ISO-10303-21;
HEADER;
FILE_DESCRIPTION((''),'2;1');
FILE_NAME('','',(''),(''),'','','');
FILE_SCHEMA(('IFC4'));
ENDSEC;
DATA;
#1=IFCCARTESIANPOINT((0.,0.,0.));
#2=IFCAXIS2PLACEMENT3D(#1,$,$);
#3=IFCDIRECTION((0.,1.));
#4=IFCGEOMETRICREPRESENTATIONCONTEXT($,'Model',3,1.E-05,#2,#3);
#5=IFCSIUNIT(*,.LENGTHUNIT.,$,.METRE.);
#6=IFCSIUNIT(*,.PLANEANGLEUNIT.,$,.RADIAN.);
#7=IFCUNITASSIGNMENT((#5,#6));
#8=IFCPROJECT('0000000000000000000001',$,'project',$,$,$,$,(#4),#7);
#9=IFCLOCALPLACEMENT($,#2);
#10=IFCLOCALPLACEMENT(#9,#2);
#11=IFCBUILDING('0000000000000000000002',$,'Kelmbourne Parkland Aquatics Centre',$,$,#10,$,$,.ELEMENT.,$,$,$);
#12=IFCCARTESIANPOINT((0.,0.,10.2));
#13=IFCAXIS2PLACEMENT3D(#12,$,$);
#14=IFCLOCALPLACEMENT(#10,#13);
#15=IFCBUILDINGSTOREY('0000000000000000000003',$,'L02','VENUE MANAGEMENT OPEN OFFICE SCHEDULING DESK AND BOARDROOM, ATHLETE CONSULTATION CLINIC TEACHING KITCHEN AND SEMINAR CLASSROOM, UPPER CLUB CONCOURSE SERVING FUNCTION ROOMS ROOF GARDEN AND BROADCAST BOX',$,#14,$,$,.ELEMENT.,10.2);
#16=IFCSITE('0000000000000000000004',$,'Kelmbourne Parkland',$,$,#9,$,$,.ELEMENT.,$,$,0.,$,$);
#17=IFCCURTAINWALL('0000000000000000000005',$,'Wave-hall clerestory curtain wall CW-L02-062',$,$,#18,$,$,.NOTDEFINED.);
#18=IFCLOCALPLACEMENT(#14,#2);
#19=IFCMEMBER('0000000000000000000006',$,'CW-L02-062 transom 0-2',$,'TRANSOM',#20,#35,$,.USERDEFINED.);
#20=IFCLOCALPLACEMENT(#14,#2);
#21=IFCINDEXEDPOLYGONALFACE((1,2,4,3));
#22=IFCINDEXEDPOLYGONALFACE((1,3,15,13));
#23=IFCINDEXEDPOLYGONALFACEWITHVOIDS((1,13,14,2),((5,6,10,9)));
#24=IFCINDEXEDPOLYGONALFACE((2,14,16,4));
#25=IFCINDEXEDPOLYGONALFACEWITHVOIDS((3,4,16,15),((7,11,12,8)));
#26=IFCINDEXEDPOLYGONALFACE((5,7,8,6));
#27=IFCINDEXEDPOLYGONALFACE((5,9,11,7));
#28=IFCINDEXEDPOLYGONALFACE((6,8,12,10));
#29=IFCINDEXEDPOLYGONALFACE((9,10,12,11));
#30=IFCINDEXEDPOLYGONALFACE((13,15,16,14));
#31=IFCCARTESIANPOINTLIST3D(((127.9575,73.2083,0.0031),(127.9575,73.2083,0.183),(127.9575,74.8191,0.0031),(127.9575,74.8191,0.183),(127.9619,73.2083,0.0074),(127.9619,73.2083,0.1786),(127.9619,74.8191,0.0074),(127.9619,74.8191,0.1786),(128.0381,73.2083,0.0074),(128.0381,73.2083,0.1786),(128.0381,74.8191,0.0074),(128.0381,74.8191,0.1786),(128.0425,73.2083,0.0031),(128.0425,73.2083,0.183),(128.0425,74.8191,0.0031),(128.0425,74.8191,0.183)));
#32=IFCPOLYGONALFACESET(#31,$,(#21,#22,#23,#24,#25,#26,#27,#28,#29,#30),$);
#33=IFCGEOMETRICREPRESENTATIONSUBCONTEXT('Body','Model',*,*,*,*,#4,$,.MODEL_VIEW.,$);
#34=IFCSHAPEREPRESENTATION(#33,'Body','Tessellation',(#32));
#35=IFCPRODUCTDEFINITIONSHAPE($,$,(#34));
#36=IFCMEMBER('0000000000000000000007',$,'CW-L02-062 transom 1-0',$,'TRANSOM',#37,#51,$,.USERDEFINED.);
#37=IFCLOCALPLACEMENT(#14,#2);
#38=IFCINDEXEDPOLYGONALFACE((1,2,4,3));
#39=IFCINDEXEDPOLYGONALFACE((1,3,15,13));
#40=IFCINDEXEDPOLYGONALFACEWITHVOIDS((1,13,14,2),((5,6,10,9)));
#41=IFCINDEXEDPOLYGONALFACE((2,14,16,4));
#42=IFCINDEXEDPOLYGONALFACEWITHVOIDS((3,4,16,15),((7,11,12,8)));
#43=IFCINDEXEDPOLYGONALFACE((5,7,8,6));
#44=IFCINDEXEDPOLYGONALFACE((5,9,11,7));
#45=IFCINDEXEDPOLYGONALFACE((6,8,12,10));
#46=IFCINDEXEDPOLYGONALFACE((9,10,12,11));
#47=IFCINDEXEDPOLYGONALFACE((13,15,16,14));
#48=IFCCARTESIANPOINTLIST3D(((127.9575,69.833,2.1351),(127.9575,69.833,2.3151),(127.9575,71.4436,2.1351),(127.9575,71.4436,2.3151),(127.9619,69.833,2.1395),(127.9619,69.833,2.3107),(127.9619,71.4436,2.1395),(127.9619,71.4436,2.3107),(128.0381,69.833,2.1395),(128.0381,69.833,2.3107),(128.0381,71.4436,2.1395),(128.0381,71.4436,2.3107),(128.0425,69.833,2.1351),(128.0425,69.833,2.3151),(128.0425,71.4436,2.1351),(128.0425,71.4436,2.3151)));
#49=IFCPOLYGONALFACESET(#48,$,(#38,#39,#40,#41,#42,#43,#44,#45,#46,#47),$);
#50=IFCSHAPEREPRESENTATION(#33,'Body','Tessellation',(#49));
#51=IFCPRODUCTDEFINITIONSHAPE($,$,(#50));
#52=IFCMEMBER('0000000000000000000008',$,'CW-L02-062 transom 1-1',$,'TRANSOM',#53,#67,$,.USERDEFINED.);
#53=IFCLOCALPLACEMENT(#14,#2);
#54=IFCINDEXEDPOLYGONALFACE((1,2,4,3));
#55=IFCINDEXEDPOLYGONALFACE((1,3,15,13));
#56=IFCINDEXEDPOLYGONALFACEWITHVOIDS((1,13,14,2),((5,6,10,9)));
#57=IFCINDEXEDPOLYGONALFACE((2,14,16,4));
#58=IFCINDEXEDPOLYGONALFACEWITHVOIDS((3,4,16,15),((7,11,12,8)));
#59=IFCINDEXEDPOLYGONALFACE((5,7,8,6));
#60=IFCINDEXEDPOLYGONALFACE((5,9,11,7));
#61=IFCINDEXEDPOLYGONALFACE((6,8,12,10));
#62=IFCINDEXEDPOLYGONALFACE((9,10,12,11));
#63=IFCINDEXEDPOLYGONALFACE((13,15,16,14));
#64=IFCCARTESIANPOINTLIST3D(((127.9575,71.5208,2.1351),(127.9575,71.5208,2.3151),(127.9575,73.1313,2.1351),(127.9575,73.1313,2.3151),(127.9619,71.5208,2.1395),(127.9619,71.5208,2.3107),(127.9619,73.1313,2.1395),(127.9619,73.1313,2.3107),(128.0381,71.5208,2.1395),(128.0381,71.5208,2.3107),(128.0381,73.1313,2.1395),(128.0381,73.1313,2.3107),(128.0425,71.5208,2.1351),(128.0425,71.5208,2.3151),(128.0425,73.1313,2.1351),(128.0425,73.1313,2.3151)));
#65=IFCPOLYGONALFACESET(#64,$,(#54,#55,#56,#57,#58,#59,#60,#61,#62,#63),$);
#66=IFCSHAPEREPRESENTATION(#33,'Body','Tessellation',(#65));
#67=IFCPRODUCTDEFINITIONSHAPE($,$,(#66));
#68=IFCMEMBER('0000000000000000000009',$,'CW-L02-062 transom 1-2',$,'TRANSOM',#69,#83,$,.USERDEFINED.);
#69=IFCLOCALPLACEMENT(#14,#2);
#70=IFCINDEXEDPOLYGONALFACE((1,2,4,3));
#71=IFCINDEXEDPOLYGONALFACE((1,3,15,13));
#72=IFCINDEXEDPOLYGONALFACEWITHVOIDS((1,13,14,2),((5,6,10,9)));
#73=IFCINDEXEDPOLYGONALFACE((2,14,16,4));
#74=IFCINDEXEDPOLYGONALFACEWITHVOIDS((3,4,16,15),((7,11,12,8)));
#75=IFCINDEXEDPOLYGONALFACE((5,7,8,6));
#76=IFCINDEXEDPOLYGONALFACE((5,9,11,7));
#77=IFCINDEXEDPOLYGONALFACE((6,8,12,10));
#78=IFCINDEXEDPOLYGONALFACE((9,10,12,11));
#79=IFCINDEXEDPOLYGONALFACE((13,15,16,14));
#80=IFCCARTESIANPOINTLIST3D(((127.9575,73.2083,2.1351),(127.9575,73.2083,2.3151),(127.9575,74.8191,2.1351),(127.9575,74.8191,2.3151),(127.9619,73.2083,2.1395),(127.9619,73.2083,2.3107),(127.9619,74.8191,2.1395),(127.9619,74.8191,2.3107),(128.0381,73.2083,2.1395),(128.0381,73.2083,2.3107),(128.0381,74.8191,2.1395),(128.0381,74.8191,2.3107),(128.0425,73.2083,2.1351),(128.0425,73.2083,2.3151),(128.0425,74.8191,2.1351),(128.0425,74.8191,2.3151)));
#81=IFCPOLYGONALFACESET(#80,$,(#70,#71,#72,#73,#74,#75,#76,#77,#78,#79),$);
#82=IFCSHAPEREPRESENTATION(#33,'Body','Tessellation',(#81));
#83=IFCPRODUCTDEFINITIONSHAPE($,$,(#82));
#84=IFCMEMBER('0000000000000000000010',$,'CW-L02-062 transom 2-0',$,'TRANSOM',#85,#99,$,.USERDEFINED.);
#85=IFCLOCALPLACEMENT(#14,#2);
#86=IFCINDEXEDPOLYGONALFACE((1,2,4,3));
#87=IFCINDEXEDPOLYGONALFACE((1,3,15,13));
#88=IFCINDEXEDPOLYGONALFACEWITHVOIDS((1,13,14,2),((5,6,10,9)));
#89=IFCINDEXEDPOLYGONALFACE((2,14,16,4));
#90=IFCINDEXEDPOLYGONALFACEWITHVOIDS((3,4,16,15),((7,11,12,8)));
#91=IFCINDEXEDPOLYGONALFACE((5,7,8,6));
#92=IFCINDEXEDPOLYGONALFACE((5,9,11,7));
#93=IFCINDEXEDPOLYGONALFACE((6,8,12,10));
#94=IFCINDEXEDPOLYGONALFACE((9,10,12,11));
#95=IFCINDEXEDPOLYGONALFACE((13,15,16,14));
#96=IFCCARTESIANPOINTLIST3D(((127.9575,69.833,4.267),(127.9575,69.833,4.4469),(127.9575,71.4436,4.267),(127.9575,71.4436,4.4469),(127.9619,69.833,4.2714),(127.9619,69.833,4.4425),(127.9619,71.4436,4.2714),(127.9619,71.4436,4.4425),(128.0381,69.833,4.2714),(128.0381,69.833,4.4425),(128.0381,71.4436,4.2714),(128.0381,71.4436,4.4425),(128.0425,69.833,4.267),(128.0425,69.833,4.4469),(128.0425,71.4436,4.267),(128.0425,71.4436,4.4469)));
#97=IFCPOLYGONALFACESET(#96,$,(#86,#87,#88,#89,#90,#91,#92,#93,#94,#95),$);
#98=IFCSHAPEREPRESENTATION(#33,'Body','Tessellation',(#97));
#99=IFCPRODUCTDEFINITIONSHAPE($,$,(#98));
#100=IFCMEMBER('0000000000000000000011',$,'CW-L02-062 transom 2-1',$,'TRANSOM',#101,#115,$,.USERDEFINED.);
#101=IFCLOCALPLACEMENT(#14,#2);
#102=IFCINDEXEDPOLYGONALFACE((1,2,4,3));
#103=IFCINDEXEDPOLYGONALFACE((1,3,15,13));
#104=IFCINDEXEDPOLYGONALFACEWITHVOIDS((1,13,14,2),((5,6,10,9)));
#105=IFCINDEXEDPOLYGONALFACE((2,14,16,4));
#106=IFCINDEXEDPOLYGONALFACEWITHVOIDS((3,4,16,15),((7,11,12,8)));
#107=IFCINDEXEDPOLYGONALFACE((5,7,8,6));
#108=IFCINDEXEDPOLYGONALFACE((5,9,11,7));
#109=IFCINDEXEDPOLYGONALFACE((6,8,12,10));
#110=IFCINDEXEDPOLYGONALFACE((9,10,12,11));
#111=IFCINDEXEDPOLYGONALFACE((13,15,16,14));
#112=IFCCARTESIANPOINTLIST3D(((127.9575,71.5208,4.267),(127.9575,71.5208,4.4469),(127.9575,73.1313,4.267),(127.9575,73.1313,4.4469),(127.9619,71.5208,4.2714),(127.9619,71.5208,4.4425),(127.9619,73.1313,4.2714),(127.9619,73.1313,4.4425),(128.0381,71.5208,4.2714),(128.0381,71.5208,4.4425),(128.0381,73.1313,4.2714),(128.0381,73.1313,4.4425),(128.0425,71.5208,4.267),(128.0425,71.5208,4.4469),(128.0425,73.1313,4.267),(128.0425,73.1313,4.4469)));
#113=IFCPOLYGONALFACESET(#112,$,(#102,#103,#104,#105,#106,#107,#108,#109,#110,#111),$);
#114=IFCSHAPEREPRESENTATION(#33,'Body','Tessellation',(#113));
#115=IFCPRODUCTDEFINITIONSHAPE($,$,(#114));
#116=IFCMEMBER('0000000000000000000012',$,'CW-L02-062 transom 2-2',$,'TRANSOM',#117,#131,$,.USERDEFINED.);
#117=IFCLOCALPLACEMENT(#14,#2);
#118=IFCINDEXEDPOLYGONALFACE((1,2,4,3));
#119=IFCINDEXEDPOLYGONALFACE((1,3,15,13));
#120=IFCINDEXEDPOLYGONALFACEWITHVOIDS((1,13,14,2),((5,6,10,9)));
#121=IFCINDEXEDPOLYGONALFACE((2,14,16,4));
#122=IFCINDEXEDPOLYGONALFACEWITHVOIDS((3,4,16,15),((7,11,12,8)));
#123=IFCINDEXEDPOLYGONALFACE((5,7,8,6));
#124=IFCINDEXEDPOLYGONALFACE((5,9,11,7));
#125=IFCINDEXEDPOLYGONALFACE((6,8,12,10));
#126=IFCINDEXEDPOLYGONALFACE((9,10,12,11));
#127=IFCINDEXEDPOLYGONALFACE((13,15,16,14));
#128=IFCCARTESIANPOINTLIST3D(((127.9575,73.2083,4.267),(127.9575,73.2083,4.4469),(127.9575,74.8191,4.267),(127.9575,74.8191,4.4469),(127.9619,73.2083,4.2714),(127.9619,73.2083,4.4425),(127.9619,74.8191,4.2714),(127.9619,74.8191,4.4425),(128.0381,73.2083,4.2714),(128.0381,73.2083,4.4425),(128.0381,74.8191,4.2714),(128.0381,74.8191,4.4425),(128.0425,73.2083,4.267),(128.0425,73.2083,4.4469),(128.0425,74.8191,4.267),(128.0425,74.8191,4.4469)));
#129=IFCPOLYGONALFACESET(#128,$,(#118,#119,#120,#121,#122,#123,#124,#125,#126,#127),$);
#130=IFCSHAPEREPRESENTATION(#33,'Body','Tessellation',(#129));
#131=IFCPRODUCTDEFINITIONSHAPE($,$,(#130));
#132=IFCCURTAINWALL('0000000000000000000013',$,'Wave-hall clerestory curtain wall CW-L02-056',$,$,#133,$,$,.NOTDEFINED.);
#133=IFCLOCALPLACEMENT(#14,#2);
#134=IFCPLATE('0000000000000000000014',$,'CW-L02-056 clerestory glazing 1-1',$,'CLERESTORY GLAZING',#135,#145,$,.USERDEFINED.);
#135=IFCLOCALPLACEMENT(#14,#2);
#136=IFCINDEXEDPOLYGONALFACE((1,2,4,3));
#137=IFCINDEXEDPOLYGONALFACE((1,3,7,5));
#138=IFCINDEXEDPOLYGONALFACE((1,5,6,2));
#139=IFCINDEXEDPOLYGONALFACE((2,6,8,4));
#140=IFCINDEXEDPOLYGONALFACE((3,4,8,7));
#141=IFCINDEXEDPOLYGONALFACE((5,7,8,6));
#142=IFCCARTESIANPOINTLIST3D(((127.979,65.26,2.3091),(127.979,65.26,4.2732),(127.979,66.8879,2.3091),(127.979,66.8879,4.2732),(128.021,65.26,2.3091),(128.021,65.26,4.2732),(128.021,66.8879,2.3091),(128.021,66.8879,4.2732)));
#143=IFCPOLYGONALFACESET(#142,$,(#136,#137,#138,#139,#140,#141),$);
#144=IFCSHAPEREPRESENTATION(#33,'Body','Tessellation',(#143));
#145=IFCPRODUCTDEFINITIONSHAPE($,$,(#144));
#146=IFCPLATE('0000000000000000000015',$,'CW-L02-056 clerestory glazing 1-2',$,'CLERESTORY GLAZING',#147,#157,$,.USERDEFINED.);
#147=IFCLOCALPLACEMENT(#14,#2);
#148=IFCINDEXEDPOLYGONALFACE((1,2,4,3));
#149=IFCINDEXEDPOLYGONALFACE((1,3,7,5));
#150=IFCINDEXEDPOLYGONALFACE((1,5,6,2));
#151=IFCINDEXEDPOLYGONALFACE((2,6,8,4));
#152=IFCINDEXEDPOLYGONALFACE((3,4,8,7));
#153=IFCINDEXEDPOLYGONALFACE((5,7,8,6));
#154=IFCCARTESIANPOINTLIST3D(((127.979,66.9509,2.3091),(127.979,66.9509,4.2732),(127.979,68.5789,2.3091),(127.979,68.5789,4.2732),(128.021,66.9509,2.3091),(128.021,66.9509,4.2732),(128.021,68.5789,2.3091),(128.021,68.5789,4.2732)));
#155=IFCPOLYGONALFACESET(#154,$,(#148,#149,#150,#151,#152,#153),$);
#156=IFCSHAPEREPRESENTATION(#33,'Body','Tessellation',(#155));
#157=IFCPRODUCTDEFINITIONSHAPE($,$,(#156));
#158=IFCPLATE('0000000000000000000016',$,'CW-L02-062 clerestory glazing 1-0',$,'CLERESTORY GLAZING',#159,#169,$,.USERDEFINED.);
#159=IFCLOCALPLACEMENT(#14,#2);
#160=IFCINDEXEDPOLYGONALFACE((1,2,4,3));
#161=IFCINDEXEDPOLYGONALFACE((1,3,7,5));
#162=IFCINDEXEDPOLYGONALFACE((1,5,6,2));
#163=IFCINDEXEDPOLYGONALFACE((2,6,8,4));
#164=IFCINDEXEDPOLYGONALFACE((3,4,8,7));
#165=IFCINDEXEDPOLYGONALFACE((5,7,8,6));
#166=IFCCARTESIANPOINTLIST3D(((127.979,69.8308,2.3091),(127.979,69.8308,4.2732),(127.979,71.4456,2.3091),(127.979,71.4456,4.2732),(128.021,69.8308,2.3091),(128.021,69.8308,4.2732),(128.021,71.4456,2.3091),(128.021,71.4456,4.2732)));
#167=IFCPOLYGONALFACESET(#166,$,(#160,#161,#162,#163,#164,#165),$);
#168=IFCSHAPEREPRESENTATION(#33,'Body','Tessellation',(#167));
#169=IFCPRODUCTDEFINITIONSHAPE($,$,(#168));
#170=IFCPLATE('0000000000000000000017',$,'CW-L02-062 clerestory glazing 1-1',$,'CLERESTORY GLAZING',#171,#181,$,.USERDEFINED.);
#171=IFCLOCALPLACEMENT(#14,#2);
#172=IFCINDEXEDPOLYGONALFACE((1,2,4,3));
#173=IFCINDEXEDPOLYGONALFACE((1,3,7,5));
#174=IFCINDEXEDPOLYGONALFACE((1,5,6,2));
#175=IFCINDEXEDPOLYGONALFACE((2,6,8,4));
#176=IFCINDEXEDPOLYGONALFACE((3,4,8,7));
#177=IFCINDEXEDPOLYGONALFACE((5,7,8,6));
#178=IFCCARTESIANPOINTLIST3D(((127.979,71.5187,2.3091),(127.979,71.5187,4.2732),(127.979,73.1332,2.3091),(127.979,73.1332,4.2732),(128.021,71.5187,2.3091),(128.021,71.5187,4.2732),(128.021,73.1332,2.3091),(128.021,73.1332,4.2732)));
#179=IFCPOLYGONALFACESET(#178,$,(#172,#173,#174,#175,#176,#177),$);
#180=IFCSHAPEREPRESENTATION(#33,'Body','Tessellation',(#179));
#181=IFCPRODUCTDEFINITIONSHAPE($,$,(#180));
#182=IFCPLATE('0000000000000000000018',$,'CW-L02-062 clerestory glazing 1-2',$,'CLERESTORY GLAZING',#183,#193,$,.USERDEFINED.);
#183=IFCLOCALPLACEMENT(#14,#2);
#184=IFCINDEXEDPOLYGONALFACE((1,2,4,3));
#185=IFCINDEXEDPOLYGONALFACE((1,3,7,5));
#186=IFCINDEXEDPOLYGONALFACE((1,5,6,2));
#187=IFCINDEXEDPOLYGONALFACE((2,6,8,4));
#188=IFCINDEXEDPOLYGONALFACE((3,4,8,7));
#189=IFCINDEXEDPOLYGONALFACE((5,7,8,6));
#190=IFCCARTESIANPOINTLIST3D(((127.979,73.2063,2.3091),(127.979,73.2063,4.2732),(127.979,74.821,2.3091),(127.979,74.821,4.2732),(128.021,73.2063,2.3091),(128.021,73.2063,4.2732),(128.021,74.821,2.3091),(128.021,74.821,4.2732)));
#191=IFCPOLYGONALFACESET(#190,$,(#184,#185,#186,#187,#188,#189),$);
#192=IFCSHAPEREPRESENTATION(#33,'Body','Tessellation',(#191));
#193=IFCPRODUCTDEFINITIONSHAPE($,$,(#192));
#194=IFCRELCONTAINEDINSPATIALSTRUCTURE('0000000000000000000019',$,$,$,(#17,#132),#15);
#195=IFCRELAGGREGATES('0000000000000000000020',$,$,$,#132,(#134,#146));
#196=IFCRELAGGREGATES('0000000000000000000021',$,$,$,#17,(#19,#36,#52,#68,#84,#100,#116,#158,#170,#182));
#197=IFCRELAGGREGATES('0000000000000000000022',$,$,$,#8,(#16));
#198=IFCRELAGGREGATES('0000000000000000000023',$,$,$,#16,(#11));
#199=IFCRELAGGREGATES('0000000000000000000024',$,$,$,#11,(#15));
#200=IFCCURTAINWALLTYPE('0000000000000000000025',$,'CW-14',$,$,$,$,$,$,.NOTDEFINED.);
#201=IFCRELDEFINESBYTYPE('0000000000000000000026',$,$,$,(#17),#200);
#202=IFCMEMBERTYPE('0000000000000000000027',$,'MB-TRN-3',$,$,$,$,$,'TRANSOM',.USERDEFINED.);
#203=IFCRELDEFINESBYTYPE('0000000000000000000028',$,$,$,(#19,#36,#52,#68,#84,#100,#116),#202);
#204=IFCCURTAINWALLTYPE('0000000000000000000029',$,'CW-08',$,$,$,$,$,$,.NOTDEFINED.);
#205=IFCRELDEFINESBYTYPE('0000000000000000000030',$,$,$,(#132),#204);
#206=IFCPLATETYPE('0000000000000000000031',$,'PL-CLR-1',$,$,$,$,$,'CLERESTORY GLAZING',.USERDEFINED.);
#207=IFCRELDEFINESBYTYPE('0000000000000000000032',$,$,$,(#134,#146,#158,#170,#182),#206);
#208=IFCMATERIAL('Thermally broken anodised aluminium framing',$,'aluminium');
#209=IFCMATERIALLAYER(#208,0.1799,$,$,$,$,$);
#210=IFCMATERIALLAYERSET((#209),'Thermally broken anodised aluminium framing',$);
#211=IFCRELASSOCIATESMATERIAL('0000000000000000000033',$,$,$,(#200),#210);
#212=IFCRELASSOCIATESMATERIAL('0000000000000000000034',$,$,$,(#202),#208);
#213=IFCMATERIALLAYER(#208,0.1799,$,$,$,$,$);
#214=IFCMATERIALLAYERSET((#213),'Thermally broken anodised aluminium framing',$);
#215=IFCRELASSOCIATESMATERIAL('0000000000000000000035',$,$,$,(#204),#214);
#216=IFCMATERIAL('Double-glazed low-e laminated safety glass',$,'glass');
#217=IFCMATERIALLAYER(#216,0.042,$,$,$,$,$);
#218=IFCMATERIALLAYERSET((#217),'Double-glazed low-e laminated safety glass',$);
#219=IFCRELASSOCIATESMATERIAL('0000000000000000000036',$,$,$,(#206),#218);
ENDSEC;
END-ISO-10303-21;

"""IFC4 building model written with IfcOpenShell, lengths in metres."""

from ifc_helpers import new_model, si_unit, direction, frame, origin, origin_2d, place, context, subcontext, project, spatial, rectangle, hollow_rectangle, extrude, material, layer, layer_set, material_profile, profile_set, type_object, element, aggregate, save


model = new_model("IFC4")

# Units and contexts
model_context = context("Model", 3, precision=1e-05, world=origin(), true_north=direction((0.0, 1.0)))
body_context = subcontext(model_context, "Body", "Model", "MODEL_VIEW")
ifc_project = project(units=[si_unit("LENGTHUNIT", "METRE"), si_unit("PLANEANGLEUNIT", "RADIAN")], contexts=[model_context])

# Site, building, storey
site_placement = place(None, origin())
site = spatial("IfcSite", under=ifc_project, at=site_placement, Name="Kelmbourne Parkland", CompositionType="ELEMENT", RefElevation=0.0)
building_placement = place(site_placement, origin())
building = spatial("IfcBuilding", under=site, at=building_placement, Name="Kelmbourne Parkland Aquatics Centre", CompositionType="ELEMENT")
storey_placement = place(building_placement, frame((0.0, 0.0, 10.2)))
storey = spatial("IfcBuildingStorey", under=building, at=storey_placement, Name="L02", Description="VENUE MANAGEMENT OPEN OFFICE SCHEDULING DESK AND BOARDROOM, ATHLETE CONSULTATION CLINIC TEACHING KITCHEN AND SEMINAR CLASSROOM, UPPER CLUB CONCOURSE SERVING FUNCTION ROOMS ROOF GARDEN AND BROADCAST BOX", CompositionType="ELEMENT", Elevation=10.2)

# Curtain wall
ifc_material_1 = material(Name="Thermally broken anodised aluminium framing", Category="aluminium")
ifc_layer_1 = layer(ifc_material_1, 0.1799)
ifc_layer_set_1 = layer_set([ifc_layer_1], Name="Thermally broken anodised aluminium framing")
curtain_wall_type_1 = type_object("IfcCurtainWallType", Name="CW-14", PredefinedType="NOTDEFINED", material=ifc_layer_set_1)
curtain_wall_1_placement = place(storey_placement, origin())
curtain_wall_1 = element("IfcCurtainWall", 1, at=curtain_wall_1_placement, inside=storey, type_object=curtain_wall_type_1, Name="Wave-hall clerestory curtain wall CW-L02-062", PredefinedType="NOTDEFINED")

# Members
ifc_material_profile_1 = material_profile(ifc_material_1, hollow_rectangle(XDim=0.085, YDim=0.1799, WallThickness=0.0044, at=origin_2d()), Name="CW-T 85x180")
ifc_profile_set_1 = profile_set([ifc_material_profile_1], Name="Thermally broken anodised aluminium framing")
member_type_1 = type_object("IfcMemberType", Name="MB-TRN-3", ElementType="TRANSOM", PredefinedType="USERDEFINED", material=ifc_profile_set_1)
member_1_placement = place(storey_placement, frame((128.0, 73.2083, 0.093), z_axis=(0.0, 1.0, 0.0), x_axis=(-1.0, 0.0, 0.0)))
member_1 = element("IfcMember", 2, at=member_1_placement, type_object=member_type_1, Name="CW-L02-062 transom 0-2", ObjectType="TRANSOM", PredefinedType="USERDEFINED", context=body_context, shape_type="SweptSolid", body=[
    extrude(hollow_rectangle(XDim=0.085, YDim=0.1799, WallThickness=0.0044, at=origin_2d()), origin(), (0.0, 0.0, 1.0), 1.6108),
])
member_2_placement = place(storey_placement, frame((128.0, 69.833, 2.2251), z_axis=(0.0, 1.0, 0.0), x_axis=(-1.0, 0.0, 0.0)))
member_2 = element("IfcMember", 3, at=member_2_placement, type_object=member_type_1, Name="CW-L02-062 transom 1-0", ObjectType="TRANSOM", PredefinedType="USERDEFINED", context=body_context, shape_type="SweptSolid", body=[
    extrude(hollow_rectangle(XDim=0.085, YDim=0.1799, WallThickness=0.0044, at=origin_2d()), origin(), (0.0, 0.0, 1.0), 1.6106),
])
member_3_placement = place(storey_placement, frame((128.0, 71.5208, 2.2251), z_axis=(0.0, 1.0, 0.0), x_axis=(-1.0, 0.0, 0.0)))
member_3 = element("IfcMember", 4, at=member_3_placement, type_object=member_type_1, Name="CW-L02-062 transom 1-1", ObjectType="TRANSOM", PredefinedType="USERDEFINED", context=body_context, shape_type="SweptSolid", body=[
    extrude(hollow_rectangle(XDim=0.085, YDim=0.1799, WallThickness=0.0044, at=origin_2d()), origin(), (0.0, 0.0, 1.0), 1.6106),
])
member_4_placement = place(storey_placement, frame((128.0, 73.2083, 2.2251), z_axis=(0.0, 1.0, 0.0), x_axis=(-1.0, 0.0, 0.0)))
member_4 = element("IfcMember", 5, at=member_4_placement, type_object=member_type_1, Name="CW-L02-062 transom 1-2", ObjectType="TRANSOM", PredefinedType="USERDEFINED", context=body_context, shape_type="SweptSolid", body=[
    extrude(hollow_rectangle(XDim=0.085, YDim=0.1799, WallThickness=0.0044, at=origin_2d()), origin(), (0.0, 0.0, 1.0), 1.6108),
])
member_5_placement = place(storey_placement, frame((128.0, 69.833, 4.3569), z_axis=(0.0, 1.0, 0.0), x_axis=(-1.0, 0.0, 0.0)))
member_5 = element("IfcMember", 6, at=member_5_placement, type_object=member_type_1, Name="CW-L02-062 transom 2-0", ObjectType="TRANSOM", PredefinedType="USERDEFINED", context=body_context, shape_type="SweptSolid", body=[
    extrude(hollow_rectangle(XDim=0.085, YDim=0.1799, WallThickness=0.0044, at=origin_2d()), origin(), (0.0, 0.0, 1.0), 1.6106),
])
member_6_placement = place(storey_placement, frame((128.0, 71.5208, 4.3569), z_axis=(0.0, 1.0, 0.0), x_axis=(-1.0, 0.0, 0.0)))
member_6 = element("IfcMember", 7, at=member_6_placement, type_object=member_type_1, Name="CW-L02-062 transom 2-1", ObjectType="TRANSOM", PredefinedType="USERDEFINED", context=body_context, shape_type="SweptSolid", body=[
    extrude(hollow_rectangle(XDim=0.085, YDim=0.1799, WallThickness=0.0044, at=origin_2d()), origin(), (0.0, 0.0, 1.0), 1.6106),
])
member_7_placement = place(storey_placement, frame((128.0, 73.2083, 4.3569), z_axis=(0.0, 1.0, 0.0), x_axis=(-1.0, 0.0, 0.0)))
member_7 = element("IfcMember", 8, at=member_7_placement, type_object=member_type_1, Name="CW-L02-062 transom 2-2", ObjectType="TRANSOM", PredefinedType="USERDEFINED", context=body_context, shape_type="SweptSolid", body=[
    extrude(hollow_rectangle(XDim=0.085, YDim=0.1799, WallThickness=0.0044, at=origin_2d()), origin(), (0.0, 0.0, 1.0), 1.6108),
])

# Curtain wall, plates
ifc_layer_2 = layer(ifc_material_1, 0.1799)
ifc_layer_set_2 = layer_set([ifc_layer_2], Name="Thermally broken anodised aluminium framing")
curtain_wall_type_2 = type_object("IfcCurtainWallType", Name="CW-08", PredefinedType="NOTDEFINED", material=ifc_layer_set_2)
curtain_wall_2_placement = place(storey_placement, origin())
curtain_wall_2 = element("IfcCurtainWall", 9, at=curtain_wall_2_placement, inside=storey, type_object=curtain_wall_type_2, Name="Wave-hall clerestory curtain wall CW-L02-056", PredefinedType="NOTDEFINED")
ifc_material_2 = material(Name="Double-glazed low-e laminated safety glass", Category="glass")
ifc_layer_3 = layer(ifc_material_2, 0.042)
ifc_layer_set_3 = layer_set([ifc_layer_3], Name="Double-glazed low-e laminated safety glass")
plate_type_1 = type_object("IfcPlateType", Name="PL-CLR-1", ElementType="CLERESTORY GLAZING", PredefinedType="USERDEFINED", material=ifc_layer_set_3)
plate_1_placement = place(storey_placement, frame((128.0, 66.074, 2.3091), z_axis=(0.0, 0.0, 1.0), x_axis=(0.0, 1.0, 0.0)))
plate_1 = element("IfcPlate", 10, at=plate_1_placement, type_object=plate_type_1, Name="CW-L02-056 clerestory glazing 1-1", ObjectType="CLERESTORY GLAZING", PredefinedType="USERDEFINED", context=body_context, shape_type="SweptSolid", body=[
    extrude(rectangle(XDim=1.6279, YDim=0.042, at=origin_2d()), origin(), (0.0, 0.0, 1.0), 1.9641),
])
plate_2_placement = place(storey_placement, frame((128.0, 67.7649, 2.3091), z_axis=(0.0, 0.0, 1.0), x_axis=(0.0, 1.0, 0.0)))
plate_2 = element("IfcPlate", 11, at=plate_2_placement, type_object=plate_type_1, Name="CW-L02-056 clerestory glazing 1-2", ObjectType="CLERESTORY GLAZING", PredefinedType="USERDEFINED", context=body_context, shape_type="SweptSolid", body=[
    extrude(rectangle(XDim=1.6279, YDim=0.042, at=origin_2d()), origin(), (0.0, 0.0, 1.0), 1.9641),
])
aggregate(curtain_wall_2, [plate_1, plate_2])

# Plates
plate_3_placement = place(storey_placement, frame((128.0, 70.6382, 2.3091), z_axis=(0.0, 0.0, 1.0), x_axis=(0.0, 1.0, 0.0)))
plate_3 = element("IfcPlate", 12, at=plate_3_placement, type_object=plate_type_1, Name="CW-L02-062 clerestory glazing 1-0", ObjectType="CLERESTORY GLAZING", PredefinedType="USERDEFINED", context=body_context, shape_type="SweptSolid", body=[
    extrude(rectangle(XDim=1.6147, YDim=0.042, at=origin_2d()), origin(), (0.0, 0.0, 1.0), 1.9641),
])
plate_4_placement = place(storey_placement, frame((128.0, 72.3259, 2.3091), z_axis=(0.0, 0.0, 1.0), x_axis=(0.0, 1.0, 0.0)))
plate_4 = element("IfcPlate", 13, at=plate_4_placement, type_object=plate_type_1, Name="CW-L02-062 clerestory glazing 1-1", ObjectType="CLERESTORY GLAZING", PredefinedType="USERDEFINED", context=body_context, shape_type="SweptSolid", body=[
    extrude(rectangle(XDim=1.6145, YDim=0.042, at=origin_2d()), origin(), (0.0, 0.0, 1.0), 1.9641),
])
plate_5_placement = place(storey_placement, frame((128.0, 74.0137, 2.3091), z_axis=(0.0, 0.0, 1.0), x_axis=(0.0, 1.0, 0.0)))
plate_5 = element("IfcPlate", 14, at=plate_5_placement, type_object=plate_type_1, Name="CW-L02-062 clerestory glazing 1-2", ObjectType="CLERESTORY GLAZING", PredefinedType="USERDEFINED", context=body_context, shape_type="SweptSolid", body=[
    extrude(rectangle(XDim=1.6147, YDim=0.042, at=origin_2d()), origin(), (0.0, 0.0, 1.0), 1.9641),
])
aggregate(curtain_wall_1, [member_1, member_2, member_3, member_4, member_5, member_6, member_7, plate_3, plate_4, plate_5])

save(model, "model.ifc")
